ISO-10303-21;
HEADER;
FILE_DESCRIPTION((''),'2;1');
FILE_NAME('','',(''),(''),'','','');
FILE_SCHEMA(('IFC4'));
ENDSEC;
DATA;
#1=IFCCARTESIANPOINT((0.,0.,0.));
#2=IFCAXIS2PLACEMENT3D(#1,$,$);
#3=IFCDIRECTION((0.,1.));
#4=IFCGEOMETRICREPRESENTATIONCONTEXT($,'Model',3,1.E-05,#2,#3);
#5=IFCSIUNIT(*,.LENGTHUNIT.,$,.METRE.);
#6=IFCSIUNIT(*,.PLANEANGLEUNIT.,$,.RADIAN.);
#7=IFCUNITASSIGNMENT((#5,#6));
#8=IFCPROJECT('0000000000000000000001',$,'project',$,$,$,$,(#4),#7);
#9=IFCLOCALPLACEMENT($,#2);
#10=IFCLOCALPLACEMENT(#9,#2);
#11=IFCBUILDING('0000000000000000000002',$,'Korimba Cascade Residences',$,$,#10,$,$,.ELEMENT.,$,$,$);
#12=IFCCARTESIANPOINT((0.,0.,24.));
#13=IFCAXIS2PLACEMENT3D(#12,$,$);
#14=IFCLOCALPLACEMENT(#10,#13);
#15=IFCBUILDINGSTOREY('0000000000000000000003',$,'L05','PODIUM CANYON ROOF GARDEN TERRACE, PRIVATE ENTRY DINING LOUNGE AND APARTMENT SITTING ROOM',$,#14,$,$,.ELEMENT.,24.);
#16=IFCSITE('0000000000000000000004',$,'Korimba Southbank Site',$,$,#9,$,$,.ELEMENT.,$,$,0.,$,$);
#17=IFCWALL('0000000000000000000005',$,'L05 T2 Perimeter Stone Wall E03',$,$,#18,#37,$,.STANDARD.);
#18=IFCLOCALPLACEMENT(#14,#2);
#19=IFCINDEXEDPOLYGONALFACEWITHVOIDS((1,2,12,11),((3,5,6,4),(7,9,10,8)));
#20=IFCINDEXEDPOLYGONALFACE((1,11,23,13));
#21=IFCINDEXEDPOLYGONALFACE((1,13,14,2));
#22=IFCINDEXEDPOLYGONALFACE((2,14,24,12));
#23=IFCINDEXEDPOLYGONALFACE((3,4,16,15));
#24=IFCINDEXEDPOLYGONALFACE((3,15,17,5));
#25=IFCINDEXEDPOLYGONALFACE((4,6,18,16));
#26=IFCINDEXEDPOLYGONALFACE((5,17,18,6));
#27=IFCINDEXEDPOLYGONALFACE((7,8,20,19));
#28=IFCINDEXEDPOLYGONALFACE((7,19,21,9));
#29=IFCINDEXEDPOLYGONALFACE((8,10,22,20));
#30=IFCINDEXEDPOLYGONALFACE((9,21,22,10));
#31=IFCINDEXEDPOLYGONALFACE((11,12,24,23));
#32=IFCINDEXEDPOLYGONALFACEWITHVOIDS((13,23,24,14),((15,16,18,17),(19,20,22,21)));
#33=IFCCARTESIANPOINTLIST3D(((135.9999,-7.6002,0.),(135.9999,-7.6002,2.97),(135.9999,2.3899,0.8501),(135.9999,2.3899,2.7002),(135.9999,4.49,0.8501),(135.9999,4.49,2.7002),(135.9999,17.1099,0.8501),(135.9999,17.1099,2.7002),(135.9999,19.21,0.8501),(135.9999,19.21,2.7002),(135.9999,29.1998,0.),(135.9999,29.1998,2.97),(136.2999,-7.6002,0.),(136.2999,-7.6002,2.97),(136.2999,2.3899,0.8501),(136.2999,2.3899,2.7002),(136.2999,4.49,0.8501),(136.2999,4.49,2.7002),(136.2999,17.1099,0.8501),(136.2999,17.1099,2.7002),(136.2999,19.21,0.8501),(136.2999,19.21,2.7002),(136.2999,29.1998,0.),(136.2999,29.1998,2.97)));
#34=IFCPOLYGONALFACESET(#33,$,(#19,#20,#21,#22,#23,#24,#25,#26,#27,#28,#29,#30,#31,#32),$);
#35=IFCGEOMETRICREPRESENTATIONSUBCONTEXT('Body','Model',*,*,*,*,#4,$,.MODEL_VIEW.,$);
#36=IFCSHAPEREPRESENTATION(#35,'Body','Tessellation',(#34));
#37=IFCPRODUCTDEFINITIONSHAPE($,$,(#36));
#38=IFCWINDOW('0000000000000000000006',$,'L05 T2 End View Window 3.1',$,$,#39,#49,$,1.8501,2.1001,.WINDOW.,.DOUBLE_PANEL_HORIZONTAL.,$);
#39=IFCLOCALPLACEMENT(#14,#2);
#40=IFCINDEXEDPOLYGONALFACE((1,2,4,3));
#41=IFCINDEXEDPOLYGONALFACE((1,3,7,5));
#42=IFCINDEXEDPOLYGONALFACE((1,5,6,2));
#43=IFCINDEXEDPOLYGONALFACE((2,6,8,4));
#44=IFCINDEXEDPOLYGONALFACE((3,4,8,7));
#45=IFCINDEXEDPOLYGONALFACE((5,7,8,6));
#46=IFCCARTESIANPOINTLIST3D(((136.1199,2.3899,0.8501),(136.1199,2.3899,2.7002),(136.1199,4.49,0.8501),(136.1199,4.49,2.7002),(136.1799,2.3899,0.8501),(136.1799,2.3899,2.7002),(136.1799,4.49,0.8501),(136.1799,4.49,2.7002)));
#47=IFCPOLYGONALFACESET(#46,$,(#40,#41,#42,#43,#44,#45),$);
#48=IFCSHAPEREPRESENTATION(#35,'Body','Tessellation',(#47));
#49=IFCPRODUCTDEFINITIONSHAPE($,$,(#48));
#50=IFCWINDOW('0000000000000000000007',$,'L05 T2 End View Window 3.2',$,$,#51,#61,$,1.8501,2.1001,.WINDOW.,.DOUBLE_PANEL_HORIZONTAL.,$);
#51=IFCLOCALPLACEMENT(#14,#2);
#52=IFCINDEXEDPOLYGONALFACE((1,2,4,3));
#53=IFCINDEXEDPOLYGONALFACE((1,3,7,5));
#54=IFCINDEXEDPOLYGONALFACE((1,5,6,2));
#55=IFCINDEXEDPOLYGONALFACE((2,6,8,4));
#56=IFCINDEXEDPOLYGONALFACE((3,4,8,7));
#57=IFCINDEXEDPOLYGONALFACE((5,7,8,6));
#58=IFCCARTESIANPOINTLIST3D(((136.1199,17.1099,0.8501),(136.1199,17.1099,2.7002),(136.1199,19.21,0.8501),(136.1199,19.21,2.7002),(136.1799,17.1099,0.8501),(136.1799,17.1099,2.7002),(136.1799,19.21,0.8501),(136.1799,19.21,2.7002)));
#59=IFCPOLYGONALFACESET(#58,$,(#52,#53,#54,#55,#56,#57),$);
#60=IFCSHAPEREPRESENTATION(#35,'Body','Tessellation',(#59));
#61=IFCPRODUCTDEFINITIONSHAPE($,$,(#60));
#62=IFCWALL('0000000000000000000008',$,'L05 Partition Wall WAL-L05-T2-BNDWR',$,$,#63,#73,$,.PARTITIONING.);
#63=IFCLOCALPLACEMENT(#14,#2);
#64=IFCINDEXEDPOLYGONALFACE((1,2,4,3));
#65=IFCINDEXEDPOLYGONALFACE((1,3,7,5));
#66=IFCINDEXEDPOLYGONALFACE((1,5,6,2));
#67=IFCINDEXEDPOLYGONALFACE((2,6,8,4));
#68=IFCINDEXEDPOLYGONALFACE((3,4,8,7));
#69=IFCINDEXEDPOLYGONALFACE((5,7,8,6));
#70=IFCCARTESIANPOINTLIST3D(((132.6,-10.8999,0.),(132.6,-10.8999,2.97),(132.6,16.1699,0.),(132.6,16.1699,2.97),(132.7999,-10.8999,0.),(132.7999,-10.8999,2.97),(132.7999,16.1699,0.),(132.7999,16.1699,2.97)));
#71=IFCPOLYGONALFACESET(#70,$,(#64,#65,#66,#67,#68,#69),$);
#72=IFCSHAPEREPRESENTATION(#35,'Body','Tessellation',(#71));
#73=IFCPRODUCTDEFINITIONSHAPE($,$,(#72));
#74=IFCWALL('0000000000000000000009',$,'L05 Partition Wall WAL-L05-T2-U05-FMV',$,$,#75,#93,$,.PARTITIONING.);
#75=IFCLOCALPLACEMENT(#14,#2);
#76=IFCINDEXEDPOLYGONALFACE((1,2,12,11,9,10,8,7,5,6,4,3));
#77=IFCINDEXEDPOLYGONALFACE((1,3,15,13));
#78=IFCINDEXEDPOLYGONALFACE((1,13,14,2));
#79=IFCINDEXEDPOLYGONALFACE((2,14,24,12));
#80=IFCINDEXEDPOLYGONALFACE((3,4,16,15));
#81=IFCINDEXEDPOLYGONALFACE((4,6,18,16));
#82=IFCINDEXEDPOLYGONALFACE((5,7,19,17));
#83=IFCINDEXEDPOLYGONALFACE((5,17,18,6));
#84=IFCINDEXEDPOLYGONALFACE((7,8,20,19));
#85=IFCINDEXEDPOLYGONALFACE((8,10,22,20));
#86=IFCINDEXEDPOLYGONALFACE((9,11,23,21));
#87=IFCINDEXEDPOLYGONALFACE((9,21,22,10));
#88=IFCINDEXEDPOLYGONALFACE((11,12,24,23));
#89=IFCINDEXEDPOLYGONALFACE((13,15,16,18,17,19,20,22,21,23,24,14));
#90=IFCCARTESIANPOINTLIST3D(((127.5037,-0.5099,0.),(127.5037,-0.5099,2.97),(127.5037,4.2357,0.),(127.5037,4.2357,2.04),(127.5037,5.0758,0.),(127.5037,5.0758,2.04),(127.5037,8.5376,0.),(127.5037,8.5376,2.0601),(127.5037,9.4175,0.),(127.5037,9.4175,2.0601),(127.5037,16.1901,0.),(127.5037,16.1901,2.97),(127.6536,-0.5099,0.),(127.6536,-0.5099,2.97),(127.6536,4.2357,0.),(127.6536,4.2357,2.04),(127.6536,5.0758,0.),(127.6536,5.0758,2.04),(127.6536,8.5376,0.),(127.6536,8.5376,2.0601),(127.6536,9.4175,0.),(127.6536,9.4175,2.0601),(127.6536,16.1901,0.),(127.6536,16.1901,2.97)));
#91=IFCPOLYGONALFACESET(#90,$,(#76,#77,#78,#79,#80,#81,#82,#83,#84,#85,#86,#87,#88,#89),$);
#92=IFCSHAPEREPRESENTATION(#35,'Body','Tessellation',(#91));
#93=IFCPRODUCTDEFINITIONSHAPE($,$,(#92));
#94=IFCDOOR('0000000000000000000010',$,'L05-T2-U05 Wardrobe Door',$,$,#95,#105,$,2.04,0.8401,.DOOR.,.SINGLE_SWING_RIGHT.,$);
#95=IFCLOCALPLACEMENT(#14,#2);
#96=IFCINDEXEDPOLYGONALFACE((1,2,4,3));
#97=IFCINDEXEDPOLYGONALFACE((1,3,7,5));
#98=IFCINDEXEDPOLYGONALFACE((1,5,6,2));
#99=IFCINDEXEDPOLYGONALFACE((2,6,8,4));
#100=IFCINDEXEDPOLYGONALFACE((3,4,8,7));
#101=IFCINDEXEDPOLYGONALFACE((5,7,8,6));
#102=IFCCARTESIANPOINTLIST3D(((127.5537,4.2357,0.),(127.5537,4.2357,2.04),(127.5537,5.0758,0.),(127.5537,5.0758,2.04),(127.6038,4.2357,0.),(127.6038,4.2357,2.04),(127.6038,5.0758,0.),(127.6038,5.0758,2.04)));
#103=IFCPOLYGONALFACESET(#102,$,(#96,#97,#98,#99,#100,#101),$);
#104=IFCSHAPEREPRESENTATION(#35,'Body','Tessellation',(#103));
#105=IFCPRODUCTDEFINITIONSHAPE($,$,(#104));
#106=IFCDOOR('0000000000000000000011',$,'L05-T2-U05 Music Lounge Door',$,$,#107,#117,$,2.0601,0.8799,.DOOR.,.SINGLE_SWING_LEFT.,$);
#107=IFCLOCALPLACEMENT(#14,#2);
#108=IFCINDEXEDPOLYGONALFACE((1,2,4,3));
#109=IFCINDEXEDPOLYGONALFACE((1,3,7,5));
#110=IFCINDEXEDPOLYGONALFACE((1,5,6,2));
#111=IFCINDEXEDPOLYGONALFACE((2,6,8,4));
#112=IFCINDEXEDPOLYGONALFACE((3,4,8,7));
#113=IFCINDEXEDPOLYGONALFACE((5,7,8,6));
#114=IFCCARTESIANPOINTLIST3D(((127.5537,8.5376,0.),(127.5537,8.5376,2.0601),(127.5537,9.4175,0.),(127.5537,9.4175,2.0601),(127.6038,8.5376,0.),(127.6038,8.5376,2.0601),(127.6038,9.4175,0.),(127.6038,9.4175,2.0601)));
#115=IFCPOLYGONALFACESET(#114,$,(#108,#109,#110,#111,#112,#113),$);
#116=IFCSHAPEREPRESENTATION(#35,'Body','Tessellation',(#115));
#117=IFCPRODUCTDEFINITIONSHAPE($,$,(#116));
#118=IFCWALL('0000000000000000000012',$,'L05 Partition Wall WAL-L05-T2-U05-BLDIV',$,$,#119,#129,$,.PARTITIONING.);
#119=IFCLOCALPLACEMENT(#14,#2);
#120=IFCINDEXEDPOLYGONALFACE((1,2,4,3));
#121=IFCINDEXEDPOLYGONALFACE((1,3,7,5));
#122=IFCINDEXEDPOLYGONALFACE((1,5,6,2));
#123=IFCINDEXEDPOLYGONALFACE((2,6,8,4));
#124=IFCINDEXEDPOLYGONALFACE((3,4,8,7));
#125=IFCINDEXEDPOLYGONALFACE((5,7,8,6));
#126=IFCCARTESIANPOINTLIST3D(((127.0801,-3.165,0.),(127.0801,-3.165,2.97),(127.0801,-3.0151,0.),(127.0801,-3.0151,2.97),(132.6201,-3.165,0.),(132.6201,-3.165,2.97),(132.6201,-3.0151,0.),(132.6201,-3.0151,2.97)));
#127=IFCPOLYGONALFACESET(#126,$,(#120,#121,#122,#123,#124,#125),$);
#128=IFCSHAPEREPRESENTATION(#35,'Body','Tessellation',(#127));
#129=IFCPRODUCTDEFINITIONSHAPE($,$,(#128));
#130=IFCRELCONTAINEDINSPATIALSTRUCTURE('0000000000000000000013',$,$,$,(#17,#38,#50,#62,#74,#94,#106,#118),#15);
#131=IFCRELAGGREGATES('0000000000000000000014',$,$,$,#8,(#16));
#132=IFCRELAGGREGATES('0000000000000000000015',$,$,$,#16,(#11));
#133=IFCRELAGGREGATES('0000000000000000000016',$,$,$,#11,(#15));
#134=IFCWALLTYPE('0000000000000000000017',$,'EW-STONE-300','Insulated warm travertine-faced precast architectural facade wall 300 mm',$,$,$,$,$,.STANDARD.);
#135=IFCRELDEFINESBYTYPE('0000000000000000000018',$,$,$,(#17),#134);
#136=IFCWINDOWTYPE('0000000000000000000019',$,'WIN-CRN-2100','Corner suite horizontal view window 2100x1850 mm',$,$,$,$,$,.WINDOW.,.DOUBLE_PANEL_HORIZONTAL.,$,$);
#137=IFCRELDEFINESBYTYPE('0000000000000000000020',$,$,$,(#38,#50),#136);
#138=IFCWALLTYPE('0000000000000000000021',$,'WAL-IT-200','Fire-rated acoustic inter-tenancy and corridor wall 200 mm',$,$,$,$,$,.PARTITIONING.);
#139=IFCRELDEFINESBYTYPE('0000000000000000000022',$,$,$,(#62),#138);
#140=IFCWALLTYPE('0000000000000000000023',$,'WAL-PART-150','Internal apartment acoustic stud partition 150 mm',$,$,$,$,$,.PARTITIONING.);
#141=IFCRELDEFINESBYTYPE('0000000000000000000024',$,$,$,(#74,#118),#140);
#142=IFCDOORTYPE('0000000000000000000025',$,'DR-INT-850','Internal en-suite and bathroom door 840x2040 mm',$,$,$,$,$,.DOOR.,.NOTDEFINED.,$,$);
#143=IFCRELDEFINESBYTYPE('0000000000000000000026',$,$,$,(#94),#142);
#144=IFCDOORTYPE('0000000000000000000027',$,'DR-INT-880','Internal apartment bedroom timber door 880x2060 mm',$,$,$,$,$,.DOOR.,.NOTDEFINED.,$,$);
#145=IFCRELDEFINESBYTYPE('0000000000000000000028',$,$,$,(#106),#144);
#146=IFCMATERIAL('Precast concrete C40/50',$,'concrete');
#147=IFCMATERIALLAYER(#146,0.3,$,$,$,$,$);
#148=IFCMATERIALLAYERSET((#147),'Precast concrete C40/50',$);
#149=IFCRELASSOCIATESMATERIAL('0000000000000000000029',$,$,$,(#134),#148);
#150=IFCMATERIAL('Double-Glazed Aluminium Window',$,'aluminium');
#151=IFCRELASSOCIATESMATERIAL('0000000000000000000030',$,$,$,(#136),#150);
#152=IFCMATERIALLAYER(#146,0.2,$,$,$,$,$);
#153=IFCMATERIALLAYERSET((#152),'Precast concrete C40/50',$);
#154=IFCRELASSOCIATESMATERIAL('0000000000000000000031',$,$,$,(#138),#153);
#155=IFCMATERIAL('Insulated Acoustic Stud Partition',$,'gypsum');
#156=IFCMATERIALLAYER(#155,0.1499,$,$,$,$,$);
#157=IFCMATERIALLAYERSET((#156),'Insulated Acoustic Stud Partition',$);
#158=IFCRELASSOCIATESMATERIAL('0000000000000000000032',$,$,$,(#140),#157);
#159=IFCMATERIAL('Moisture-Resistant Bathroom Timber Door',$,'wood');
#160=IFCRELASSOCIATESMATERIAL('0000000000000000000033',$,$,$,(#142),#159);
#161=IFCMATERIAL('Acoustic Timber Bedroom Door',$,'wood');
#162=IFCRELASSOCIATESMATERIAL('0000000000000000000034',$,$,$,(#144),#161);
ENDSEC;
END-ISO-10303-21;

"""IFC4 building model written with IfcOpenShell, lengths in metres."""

from ifc_helpers import new_model, si_unit, direction, frame, frame_2d, origin, place, context, subcontext, project, spatial, rectangle, extrude, material, layer, layer_set, type_object, element, fill, save


model = new_model("IFC4")

# Units and contexts
model_context = context("Model", 3, precision=1e-05, world=origin(), true_north=direction((0.0, 1.0)))
body_context = subcontext(model_context, "Body", "Model", "MODEL_VIEW")
ifc_project = project(units=[si_unit("LENGTHUNIT", "METRE"), si_unit("PLANEANGLEUNIT", "RADIAN")], contexts=[model_context])

# Site, building, storey
site_placement = place(None, origin())
site = spatial("IfcSite", under=ifc_project, at=site_placement, Name="Korimba Southbank Site", CompositionType="ELEMENT", RefElevation=0.0)
building_placement = place(site_placement, origin())
building = spatial("IfcBuilding", under=site, at=building_placement, Name="Korimba Cascade Residences", CompositionType="ELEMENT")
storey_placement = place(building_placement, frame((0.0, 0.0, 24.0)))
storey = spatial("IfcBuildingStorey", under=building, at=storey_placement, Name="L05", Description="PODIUM CANYON ROOF GARDEN TERRACE, PRIVATE ENTRY DINING LOUNGE AND APARTMENT SITTING ROOM", CompositionType="ELEMENT", Elevation=24.0)

# Shared definitions
ifc_material_1 = material(Name="Precast concrete C40/50", Category="concrete")

# Shared definitions
ifc_layer_1 = layer(ifc_material_1, 0.3)
ifc_layer_set_1 = layer_set([ifc_layer_1], Name="Precast concrete C40/50")
wall_type_1 = type_object("IfcWallType", Name="EW-STONE-300", Description="Insulated warm travertine-faced precast architectural facade wall 300 mm", PredefinedType="STANDARD", material=ifc_layer_set_1)

# Wall, openings, windows
wall_1_placement = place(storey_placement, frame((136.1499, -7.6001, 0.0), z_axis=(0.0, 0.0, 1.0), x_axis=(0.0, 1.0, 0.0)))
wall_1 = element("IfcWall", 1, at=wall_1_placement, inside=storey, type_object=wall_type_1, Name="L05 T2 Perimeter Stone Wall E03", PredefinedType="STANDARD", context=body_context, shape_type="SweptSolid", body=[
    extrude(rectangle(XDim=36.8, YDim=0.3, at=frame_2d((18.3999, 0.0))), origin(), (0.0, 0.0, 1.0), 2.97),
])
opening_1_placement = place(wall_1_placement, frame((9.99, 0.0, 0.8501)))
opening_1 = element("IfcOpeningElement", 2, at=opening_1_placement, cuts=wall_1, PredefinedType="OPENING", context=body_context, shape_type="SweptSolid", body=[
    extrude(rectangle(XDim=2.1001, YDim=1.8501, at=frame_2d((1.05, 0.925))), frame((0.0, 0.1602, 0.0), z_axis=(0.0, -1.0, 0.0), x_axis=(1.0, 0.0, 0.0)), (0.0, 0.0, 1.0), 0.3201),
])
opening_2_placement = place(wall_1_placement, frame((24.71, 0.0, 0.8501)))
opening_2 = element("IfcOpeningElement", 3, at=opening_2_placement, cuts=wall_1, PredefinedType="OPENING", context=body_context, shape_type="SweptSolid", body=[
    extrude(rectangle(XDim=2.1001, YDim=1.8501, at=frame_2d((1.05, 0.925))), frame((0.0, 0.1602, 0.0), z_axis=(0.0, -1.0, 0.0), x_axis=(1.0, 0.0, 0.0)), (0.0, 0.0, 1.0), 0.3201),
])
ifc_material_2 = material(Name="Double-Glazed Aluminium Window", Category="aluminium")
window_type = type_object("IfcWindowType", Name="WIN-CRN-2100", Description="Corner suite horizontal view window 2100x1850 mm", PartitioningType="DOUBLE_PANEL_HORIZONTAL", PredefinedType="WINDOW", material=ifc_material_2)
window_1_placement = place(opening_1_placement, origin())
window_1 = element("IfcWindow", 4, at=window_1_placement, inside=storey, type_object=window_type, Name="L05 T2 End View Window 3.1", OverallHeight=1.8501, OverallWidth=2.1001, PartitioningType="DOUBLE_PANEL_HORIZONTAL", PredefinedType="WINDOW", context=body_context, shape_type="SweptSolid", body=[
    extrude(rectangle(XDim=2.1001, YDim=1.8501, at=frame_2d((1.05, 0.925))), frame((0.0, 0.03, 0.0), z_axis=(0.0, -1.0, 0.0), x_axis=(1.0, 0.0, 0.0)), (0.0, 0.0, 1.0), 0.0601),
])
fill(opening_1, window_1)
window_2_placement = place(opening_2_placement, origin())
window_2 = element("IfcWindow", 5, at=window_2_placement, inside=storey, type_object=window_type, Name="L05 T2 End View Window 3.2", OverallHeight=1.8501, OverallWidth=2.1001, PartitioningType="DOUBLE_PANEL_HORIZONTAL", PredefinedType="WINDOW", context=body_context, shape_type="SweptSolid", body=[
    extrude(rectangle(XDim=2.1001, YDim=1.8501, at=frame_2d((1.05, 0.925))), frame((0.0, 0.03, 0.0), z_axis=(0.0, -1.0, 0.0), x_axis=(1.0, 0.0, 0.0)), (0.0, 0.0, 1.0), 0.0601),
])
fill(opening_2, window_2)

# Wall
ifc_layer_2 = layer(ifc_material_1, 0.2)
ifc_layer_set_2 = layer_set([ifc_layer_2], Name="Precast concrete C40/50")
wall_type_2 = type_object("IfcWallType", Name="WAL-IT-200", Description="Fire-rated acoustic inter-tenancy and corridor wall 200 mm", PredefinedType="PARTITIONING", material=ifc_layer_set_2)
wall_2_placement = place(storey_placement, frame((132.7, -10.8999, 0.0), z_axis=(0.0, 0.0, 1.0), x_axis=(0.0, 1.0, 0.0)))
element("IfcWall", 6, at=wall_2_placement, inside=storey, type_object=wall_type_2, Name="L05 Partition Wall WAL-L05-T2-BNDWR", PredefinedType="PARTITIONING", context=body_context, shape_type="SweptSolid", body=[
    extrude(rectangle(XDim=27.0698, YDim=0.2, at=frame_2d((13.5349, 0.0))), origin(), (0.0, 0.0, 1.0), 2.97),
])

# Wall, openings, doors
ifc_material_3 = material(Name="Insulated Acoustic Stud Partition", Category="gypsum")
ifc_layer_3 = layer(ifc_material_3, 0.1499)
ifc_layer_set_3 = layer_set([ifc_layer_3], Name="Insulated Acoustic Stud Partition")
wall_type_3 = type_object("IfcWallType", Name="WAL-PART-150", Description="Internal apartment acoustic stud partition 150 mm", PredefinedType="PARTITIONING", material=ifc_layer_set_3)
wall_3_placement = place(storey_placement, frame((127.5786, -0.51, 0.0), z_axis=(0.0, 0.0, 1.0), x_axis=(0.0, 1.0, 0.0)))
wall_3 = element("IfcWall", 7, at=wall_3_placement, inside=storey, type_object=wall_type_3, Name="L05 Partition Wall WAL-L05-T2-U05-FMV", PredefinedType="PARTITIONING", context=body_context, shape_type="SweptSolid", body=[
    extrude(rectangle(XDim=16.7, YDim=0.1499, at=frame_2d((8.3501, 0.0))), origin(), (0.0, 0.0, 1.0), 2.97),
])
opening_3_placement = place(wall_3_placement, frame((4.7458, 0.0, 0.0)))
opening_3 = element("IfcOpeningElement", 8, at=opening_3_placement, cuts=wall_3, PredefinedType="OPENING", context=body_context, shape_type="SweptSolid", body=[
    extrude(rectangle(XDim=0.8401, YDim=2.04, at=frame_2d((0.4199, 1.02))), frame((0.0, 0.085, 0.0), z_axis=(0.0, -1.0, 0.0), x_axis=(1.0, 0.0, 0.0)), (0.0, 0.0, 1.0), 0.1699),
])
opening_4_placement = place(wall_3_placement, frame((9.0476, 0.0, 0.0)))
opening_4 = element("IfcOpeningElement", 9, at=opening_4_placement, cuts=wall_3, PredefinedType="OPENING", context=body_context, shape_type="SweptSolid", body=[
    extrude(rectangle(XDim=0.8799, YDim=2.0601, at=frame_2d((0.4399, 1.03))), frame((0.0, 0.085, 0.0), z_axis=(0.0, -1.0, 0.0), x_axis=(1.0, 0.0, 0.0)), (0.0, 0.0, 1.0), 0.1699),
])
ifc_material_4 = material(Name="Moisture-Resistant Bathroom Timber Door", Category="wood")
door_type_1 = type_object("IfcDoorType", Name="DR-INT-850", Description="Internal en-suite and bathroom door 840x2040 mm", OperationType="NOTDEFINED", PredefinedType="DOOR", material=ifc_material_4)
door_1_placement = place(opening_3_placement, origin())
door_1 = element("IfcDoor", 10, at=door_1_placement, inside=storey, type_object=door_type_1, Name="L05-T2-U05 Wardrobe Door", OperationType="SINGLE_SWING_RIGHT", OverallHeight=2.04, OverallWidth=0.8401, PredefinedType="DOOR", context=body_context, shape_type="SweptSolid", body=[
    extrude(rectangle(XDim=0.8401, YDim=2.04, at=frame_2d((0.4199, 1.02))), frame((0.0, 0.0249, 0.0), z_axis=(0.0, -1.0, 0.0), x_axis=(1.0, 0.0, 0.0)), (0.0, 0.0, 1.0), 0.05),
])
fill(opening_3, door_1)
ifc_material_5 = material(Name="Acoustic Timber Bedroom Door", Category="wood")
door_type_2 = type_object("IfcDoorType", Name="DR-INT-880", Description="Internal apartment bedroom timber door 880x2060 mm", OperationType="NOTDEFINED", PredefinedType="DOOR", material=ifc_material_5)
door_2_placement = place(opening_4_placement, origin())
door_2 = element("IfcDoor", 11, at=door_2_placement, inside=storey, type_object=door_type_2, Name="L05-T2-U05 Music Lounge Door", OperationType="SINGLE_SWING_LEFT", OverallHeight=2.0601, OverallWidth=0.8799, PredefinedType="DOOR", context=body_context, shape_type="SweptSolid", body=[
    extrude(rectangle(XDim=0.8799, YDim=2.0601, at=frame_2d((0.4399, 1.03))), frame((0.0, 0.0249, 0.0), z_axis=(0.0, -1.0, 0.0), x_axis=(1.0, 0.0, 0.0)), (0.0, 0.0, 1.0), 0.05),
])
fill(opening_4, door_2)

# Wall
wall_4_placement = place(storey_placement, frame((127.0801, -3.0901, 0.0), z_axis=(0.0, 0.0, 1.0), x_axis=(1.0, 0.0, 0.0)))
element("IfcWall", 12, at=wall_4_placement, inside=storey, type_object=wall_type_3, Name="L05 Partition Wall WAL-L05-T2-U05-BLDIV", PredefinedType="PARTITIONING", context=body_context, shape_type="SweptSolid", body=[
    extrude(rectangle(XDim=5.54, YDim=0.1499, at=frame_2d((2.77, 0.0))), origin(), (0.0, 0.0, 1.0), 2.97),
])

save(model, "model.ifc")
